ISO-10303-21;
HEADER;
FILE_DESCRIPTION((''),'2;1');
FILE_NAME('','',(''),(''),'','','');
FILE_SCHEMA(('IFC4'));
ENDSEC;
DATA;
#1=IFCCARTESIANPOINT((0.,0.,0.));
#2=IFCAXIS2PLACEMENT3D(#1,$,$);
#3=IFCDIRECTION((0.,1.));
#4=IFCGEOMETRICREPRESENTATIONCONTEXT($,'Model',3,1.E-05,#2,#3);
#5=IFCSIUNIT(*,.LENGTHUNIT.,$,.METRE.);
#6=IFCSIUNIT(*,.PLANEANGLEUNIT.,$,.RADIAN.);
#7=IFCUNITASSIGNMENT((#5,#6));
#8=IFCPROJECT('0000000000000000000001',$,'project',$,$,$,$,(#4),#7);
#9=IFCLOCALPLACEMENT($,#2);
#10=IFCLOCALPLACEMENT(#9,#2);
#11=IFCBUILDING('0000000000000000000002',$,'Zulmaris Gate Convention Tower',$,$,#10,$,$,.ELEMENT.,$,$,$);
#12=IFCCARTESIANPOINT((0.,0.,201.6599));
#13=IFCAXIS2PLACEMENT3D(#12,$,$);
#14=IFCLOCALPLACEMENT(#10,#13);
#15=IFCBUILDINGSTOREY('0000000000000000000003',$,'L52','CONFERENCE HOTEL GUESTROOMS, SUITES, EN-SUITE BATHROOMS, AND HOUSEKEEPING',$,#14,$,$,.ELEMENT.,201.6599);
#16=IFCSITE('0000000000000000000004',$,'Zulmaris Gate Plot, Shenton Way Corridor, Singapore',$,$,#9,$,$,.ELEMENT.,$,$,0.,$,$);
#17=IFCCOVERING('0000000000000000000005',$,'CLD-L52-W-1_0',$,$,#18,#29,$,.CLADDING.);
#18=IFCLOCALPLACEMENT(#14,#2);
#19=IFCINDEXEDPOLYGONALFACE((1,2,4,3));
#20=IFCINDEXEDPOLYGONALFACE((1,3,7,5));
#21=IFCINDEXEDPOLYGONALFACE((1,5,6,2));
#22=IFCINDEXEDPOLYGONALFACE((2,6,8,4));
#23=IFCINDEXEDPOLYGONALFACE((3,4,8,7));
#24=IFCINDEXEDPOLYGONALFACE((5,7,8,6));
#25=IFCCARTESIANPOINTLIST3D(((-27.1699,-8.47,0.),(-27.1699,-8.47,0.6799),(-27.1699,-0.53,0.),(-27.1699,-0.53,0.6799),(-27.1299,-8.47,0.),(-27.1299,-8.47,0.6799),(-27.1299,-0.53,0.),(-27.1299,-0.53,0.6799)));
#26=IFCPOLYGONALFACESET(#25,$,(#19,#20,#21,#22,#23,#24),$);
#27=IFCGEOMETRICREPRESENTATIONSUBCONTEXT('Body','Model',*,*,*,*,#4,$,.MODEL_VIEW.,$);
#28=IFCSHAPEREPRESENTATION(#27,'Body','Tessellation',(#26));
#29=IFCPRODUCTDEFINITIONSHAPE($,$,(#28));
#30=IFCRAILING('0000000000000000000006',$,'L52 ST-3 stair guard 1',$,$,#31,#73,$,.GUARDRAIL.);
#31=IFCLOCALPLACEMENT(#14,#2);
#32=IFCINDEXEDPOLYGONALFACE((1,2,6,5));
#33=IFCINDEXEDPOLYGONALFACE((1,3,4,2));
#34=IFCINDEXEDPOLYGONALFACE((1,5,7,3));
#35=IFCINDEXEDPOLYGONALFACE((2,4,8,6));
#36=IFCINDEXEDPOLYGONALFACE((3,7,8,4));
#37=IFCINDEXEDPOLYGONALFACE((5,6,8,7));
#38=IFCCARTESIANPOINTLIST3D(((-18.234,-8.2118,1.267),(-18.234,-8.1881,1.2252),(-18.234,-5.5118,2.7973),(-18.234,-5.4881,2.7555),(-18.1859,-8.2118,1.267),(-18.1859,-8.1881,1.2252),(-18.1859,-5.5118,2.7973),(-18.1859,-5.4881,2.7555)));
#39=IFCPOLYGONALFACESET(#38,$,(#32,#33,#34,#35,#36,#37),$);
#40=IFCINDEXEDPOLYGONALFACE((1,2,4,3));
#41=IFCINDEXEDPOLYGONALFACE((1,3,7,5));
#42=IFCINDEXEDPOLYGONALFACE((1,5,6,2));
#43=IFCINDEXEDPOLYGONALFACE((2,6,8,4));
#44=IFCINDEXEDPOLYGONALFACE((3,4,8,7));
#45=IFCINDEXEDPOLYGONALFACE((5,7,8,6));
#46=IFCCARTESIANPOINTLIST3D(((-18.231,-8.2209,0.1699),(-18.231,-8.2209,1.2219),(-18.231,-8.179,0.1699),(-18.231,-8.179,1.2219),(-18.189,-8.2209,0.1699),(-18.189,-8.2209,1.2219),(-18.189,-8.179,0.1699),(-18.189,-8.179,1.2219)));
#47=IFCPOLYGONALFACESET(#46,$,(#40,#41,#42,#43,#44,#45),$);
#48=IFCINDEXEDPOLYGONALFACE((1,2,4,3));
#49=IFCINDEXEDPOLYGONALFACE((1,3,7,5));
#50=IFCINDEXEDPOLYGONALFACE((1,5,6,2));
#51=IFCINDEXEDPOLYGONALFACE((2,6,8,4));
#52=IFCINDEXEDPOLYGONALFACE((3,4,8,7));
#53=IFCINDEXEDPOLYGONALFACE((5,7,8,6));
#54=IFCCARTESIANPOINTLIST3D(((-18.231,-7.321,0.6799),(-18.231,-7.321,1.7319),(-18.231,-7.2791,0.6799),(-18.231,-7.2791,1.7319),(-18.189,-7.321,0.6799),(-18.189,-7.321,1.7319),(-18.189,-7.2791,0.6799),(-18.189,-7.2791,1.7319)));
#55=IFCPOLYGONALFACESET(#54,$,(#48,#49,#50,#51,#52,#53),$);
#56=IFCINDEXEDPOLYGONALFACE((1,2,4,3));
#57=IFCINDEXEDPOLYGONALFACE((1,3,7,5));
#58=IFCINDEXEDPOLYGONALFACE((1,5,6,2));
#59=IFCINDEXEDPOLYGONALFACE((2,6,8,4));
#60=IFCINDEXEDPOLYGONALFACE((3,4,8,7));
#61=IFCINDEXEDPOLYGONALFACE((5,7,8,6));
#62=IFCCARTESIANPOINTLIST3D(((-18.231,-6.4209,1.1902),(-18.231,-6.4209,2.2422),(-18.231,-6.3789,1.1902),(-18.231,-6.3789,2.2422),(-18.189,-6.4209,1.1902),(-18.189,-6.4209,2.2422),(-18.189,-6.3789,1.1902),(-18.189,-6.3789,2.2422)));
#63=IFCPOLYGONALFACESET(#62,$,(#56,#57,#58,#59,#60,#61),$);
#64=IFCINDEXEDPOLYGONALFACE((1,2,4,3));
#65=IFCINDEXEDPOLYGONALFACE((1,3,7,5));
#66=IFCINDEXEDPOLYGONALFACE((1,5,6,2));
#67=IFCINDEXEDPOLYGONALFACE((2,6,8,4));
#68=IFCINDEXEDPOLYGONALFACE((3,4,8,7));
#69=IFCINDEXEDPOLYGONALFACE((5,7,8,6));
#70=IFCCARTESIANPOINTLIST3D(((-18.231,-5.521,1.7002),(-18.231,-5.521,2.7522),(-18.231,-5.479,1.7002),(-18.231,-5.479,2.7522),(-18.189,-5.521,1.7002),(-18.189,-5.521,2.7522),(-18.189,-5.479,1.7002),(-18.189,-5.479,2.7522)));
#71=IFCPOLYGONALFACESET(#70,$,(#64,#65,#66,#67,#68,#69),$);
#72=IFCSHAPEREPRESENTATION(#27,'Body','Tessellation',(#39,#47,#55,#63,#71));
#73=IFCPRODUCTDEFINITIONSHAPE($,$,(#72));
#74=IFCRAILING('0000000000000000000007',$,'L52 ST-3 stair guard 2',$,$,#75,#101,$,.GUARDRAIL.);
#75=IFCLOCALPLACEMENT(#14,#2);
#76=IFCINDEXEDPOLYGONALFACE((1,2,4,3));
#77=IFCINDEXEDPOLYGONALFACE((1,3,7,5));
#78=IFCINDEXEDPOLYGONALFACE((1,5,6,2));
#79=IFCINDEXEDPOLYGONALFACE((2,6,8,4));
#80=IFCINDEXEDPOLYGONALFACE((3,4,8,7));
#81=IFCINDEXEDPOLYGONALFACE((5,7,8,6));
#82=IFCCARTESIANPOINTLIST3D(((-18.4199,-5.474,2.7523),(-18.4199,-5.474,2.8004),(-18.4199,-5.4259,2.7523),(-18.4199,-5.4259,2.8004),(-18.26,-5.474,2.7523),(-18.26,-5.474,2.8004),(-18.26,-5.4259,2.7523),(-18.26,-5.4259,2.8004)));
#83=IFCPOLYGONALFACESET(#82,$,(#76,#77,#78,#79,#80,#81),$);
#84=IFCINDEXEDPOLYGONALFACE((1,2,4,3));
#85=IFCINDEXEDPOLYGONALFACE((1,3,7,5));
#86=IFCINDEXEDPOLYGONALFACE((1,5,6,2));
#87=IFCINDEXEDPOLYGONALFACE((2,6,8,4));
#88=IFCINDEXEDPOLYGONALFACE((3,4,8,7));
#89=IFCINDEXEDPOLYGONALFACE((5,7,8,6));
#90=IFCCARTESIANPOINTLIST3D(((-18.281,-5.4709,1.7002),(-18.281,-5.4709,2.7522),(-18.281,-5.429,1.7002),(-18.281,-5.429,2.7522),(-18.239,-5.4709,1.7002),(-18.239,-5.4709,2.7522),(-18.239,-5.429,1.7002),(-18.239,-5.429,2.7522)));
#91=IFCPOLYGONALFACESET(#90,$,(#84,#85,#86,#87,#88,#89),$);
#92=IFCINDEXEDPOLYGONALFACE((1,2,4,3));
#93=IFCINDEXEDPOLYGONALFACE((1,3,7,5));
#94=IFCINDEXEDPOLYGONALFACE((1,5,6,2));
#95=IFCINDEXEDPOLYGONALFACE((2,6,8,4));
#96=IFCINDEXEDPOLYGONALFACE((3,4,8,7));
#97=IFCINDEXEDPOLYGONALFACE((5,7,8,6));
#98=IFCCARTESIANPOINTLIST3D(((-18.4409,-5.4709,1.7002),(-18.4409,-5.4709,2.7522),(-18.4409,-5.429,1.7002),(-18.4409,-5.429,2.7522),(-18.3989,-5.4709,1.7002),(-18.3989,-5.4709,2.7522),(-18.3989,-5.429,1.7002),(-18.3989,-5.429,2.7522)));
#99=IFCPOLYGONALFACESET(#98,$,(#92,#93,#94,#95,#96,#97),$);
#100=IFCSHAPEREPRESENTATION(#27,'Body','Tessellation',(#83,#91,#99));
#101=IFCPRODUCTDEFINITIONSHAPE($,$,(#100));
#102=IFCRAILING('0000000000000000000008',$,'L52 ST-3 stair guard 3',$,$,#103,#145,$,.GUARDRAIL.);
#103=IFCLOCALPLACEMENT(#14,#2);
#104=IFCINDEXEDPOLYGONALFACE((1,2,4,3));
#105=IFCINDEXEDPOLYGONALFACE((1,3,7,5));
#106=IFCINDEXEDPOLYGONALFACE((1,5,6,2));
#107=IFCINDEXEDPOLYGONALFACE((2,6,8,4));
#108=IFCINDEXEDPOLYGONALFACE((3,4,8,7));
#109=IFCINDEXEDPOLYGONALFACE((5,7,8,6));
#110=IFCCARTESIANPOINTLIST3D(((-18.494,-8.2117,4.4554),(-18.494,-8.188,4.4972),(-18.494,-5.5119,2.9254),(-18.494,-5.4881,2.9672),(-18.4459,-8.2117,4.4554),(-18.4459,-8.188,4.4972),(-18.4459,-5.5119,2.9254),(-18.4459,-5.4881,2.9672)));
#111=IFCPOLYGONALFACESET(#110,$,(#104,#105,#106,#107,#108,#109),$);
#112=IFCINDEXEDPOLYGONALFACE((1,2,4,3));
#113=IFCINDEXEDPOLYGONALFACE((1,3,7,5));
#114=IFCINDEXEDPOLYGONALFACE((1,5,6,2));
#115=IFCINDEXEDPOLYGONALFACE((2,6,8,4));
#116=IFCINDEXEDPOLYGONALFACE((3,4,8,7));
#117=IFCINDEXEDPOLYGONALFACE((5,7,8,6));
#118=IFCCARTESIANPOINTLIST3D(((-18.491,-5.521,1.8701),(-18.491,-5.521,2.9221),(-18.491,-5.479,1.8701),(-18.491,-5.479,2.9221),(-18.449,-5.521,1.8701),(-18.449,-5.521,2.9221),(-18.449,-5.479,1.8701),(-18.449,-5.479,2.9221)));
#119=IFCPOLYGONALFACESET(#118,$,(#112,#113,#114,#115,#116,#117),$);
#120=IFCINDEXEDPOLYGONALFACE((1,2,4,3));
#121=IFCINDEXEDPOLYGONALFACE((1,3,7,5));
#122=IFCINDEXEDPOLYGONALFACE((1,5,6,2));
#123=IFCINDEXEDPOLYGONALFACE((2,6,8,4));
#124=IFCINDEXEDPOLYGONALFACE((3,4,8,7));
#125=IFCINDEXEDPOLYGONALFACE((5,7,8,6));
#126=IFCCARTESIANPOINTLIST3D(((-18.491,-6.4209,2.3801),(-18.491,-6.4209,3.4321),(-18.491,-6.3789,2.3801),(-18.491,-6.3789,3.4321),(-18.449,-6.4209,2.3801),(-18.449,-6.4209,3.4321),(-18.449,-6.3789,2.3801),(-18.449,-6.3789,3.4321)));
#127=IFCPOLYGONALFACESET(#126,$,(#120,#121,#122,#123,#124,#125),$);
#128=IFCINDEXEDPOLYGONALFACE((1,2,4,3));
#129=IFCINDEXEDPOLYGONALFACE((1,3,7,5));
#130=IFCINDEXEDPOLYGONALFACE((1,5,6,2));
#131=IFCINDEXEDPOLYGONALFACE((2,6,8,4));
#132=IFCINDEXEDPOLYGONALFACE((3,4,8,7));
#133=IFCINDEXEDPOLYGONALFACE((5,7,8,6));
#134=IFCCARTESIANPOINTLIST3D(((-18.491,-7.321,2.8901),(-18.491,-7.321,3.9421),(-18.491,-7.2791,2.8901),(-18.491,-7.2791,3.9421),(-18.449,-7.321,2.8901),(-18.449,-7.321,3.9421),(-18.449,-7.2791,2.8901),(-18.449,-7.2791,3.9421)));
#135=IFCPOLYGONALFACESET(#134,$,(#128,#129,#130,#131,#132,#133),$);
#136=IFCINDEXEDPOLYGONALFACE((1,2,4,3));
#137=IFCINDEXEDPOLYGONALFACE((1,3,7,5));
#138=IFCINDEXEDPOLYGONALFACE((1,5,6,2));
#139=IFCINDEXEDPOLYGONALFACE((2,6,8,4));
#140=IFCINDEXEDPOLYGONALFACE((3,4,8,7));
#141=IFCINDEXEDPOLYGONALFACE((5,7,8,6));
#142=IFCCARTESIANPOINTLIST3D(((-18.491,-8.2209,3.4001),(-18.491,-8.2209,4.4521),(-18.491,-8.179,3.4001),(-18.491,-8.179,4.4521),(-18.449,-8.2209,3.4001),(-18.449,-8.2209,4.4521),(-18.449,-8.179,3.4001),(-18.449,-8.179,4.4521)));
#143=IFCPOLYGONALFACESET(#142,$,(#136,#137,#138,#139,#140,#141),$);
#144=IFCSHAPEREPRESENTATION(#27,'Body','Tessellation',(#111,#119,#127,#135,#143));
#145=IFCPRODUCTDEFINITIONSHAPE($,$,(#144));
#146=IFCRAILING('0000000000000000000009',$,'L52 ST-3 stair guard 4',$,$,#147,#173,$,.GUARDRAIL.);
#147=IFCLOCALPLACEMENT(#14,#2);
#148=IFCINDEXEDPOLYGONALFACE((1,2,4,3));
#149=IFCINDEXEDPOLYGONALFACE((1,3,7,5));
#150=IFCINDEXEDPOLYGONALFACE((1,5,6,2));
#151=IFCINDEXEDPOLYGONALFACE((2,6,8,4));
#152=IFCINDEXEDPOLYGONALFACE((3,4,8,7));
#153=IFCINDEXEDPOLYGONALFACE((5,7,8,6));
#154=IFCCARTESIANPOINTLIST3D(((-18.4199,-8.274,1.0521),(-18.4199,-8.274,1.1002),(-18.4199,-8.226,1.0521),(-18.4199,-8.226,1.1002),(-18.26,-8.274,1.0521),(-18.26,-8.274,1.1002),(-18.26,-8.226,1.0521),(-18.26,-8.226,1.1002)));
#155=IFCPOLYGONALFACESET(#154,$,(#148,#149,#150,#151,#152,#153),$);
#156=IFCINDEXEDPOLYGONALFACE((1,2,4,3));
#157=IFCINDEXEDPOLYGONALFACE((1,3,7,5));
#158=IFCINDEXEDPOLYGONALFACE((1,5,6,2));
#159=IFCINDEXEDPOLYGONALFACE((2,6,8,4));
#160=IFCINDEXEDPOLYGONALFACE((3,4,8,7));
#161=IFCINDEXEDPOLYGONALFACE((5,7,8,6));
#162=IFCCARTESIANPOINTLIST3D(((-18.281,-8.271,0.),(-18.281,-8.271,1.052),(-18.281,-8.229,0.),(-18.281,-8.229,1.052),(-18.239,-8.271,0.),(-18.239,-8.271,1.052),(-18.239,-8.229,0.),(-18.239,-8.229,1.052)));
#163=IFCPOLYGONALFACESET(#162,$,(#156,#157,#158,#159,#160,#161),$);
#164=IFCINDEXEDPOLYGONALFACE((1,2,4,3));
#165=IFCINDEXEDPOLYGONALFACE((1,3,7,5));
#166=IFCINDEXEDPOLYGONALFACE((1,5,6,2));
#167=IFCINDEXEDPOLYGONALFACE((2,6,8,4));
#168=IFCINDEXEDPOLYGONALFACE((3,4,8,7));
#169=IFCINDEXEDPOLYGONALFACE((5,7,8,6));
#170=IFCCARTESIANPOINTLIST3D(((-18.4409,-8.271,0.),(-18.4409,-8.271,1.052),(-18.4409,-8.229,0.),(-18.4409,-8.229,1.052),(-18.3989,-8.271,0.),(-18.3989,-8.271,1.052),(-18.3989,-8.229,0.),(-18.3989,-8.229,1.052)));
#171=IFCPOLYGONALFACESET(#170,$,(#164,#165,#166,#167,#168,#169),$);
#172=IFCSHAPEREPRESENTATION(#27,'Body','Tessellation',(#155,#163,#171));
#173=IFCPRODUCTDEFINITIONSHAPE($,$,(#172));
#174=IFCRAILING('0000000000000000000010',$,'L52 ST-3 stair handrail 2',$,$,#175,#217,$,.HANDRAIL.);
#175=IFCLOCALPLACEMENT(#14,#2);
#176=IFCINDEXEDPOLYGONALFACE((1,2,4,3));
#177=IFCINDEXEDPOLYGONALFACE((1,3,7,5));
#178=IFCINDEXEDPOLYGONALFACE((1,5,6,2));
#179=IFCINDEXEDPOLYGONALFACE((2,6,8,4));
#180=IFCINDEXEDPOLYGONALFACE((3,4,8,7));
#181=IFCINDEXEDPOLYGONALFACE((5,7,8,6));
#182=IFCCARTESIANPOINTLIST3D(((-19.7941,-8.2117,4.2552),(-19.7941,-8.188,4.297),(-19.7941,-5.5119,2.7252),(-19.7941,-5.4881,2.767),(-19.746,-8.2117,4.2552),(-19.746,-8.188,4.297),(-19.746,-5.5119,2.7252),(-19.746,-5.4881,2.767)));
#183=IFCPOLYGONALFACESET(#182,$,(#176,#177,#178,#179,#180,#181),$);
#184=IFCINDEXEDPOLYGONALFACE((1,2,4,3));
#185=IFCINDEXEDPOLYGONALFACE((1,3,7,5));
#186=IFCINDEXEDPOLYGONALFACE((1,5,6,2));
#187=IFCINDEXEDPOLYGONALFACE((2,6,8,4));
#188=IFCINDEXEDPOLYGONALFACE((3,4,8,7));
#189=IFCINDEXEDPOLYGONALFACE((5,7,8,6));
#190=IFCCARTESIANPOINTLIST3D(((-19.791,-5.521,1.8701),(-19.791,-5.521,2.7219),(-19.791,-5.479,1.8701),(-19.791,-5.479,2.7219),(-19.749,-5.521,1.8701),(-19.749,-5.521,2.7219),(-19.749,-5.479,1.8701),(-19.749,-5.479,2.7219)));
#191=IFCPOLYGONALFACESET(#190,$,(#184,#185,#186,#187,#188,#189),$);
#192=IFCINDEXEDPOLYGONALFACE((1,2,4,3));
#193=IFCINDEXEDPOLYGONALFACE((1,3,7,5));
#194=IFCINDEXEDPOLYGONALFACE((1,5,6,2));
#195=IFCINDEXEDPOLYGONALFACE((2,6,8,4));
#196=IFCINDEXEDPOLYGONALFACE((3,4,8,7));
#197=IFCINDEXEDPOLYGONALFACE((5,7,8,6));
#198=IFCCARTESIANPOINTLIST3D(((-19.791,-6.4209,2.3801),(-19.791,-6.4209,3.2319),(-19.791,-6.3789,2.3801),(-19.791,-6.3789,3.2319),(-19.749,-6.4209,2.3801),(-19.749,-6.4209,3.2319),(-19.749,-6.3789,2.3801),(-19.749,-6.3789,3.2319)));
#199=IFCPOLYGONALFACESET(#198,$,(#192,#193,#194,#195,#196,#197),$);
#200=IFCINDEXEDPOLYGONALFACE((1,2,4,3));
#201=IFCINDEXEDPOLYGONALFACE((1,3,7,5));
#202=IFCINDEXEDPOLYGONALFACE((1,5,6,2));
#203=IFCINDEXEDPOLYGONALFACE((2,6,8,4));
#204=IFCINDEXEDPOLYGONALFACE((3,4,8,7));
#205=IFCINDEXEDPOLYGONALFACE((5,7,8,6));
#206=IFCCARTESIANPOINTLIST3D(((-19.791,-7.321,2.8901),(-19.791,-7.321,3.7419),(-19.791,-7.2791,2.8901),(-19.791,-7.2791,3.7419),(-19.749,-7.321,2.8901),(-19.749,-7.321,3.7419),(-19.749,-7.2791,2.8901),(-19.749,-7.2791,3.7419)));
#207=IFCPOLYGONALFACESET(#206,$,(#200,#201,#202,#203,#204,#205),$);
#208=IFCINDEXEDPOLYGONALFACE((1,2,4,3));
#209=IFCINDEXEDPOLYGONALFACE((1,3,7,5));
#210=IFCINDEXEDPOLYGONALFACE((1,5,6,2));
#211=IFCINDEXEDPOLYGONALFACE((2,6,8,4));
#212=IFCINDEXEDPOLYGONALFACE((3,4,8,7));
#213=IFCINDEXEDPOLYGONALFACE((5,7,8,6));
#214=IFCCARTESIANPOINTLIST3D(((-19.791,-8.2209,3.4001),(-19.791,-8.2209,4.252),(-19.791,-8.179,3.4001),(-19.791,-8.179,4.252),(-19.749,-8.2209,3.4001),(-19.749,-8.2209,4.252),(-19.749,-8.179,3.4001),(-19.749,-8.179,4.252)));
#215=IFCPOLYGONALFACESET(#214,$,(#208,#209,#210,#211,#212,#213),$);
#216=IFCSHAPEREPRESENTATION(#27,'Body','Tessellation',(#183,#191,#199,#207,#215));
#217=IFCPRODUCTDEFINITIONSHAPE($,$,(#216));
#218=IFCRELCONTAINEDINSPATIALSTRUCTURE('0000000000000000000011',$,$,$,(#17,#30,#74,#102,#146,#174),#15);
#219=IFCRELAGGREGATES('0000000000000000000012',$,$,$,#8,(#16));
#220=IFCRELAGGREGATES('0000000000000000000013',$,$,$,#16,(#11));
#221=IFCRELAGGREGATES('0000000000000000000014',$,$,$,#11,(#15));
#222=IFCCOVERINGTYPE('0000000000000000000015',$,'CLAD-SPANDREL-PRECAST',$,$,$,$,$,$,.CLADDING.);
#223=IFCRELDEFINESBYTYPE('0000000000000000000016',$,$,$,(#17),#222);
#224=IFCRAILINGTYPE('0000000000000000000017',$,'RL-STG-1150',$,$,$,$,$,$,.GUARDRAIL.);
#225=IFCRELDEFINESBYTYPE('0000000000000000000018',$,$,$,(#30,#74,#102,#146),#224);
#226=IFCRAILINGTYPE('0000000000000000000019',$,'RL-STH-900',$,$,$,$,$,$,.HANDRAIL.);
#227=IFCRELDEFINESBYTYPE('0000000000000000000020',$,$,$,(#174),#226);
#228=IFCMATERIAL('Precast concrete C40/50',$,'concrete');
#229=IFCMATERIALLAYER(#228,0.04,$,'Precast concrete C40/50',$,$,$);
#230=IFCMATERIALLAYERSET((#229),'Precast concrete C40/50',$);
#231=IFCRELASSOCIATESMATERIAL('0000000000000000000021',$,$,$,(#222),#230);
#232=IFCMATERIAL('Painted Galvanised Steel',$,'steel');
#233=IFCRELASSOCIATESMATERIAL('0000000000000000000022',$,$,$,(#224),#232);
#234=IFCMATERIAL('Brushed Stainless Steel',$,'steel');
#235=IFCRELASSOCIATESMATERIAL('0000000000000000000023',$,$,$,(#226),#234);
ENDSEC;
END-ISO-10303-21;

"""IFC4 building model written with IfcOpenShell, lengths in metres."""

from ifc_helpers import new_model, si_unit, direction, frame, frame_2d, origin, origin_2d, place, context, subcontext, project, spatial, rectangle, extrude, material, layer, layer_set, type_object, element, save


model = new_model("IFC4")

# Units and contexts
model_context = context("Model", 3, precision=1e-05, world=origin(), true_north=direction((0.0, 1.0)))
body_context = subcontext(model_context, "Body", "Model", "MODEL_VIEW")
ifc_project = project(units=[si_unit("LENGTHUNIT", "METRE"), si_unit("PLANEANGLEUNIT", "RADIAN")], contexts=[model_context])

# Site, building, storey
site_placement = place(None, origin())
site = spatial("IfcSite", under=ifc_project, at=site_placement, Name="Zulmaris Gate Plot, Shenton Way Corridor, Singapore", CompositionType="ELEMENT", RefElevation=0.0)
building_placement = place(site_placement, origin())
building = spatial("IfcBuilding", under=site, at=building_placement, Name="Zulmaris Gate Convention Tower", CompositionType="ELEMENT")
storey_placement = place(building_placement, frame((0.0, 0.0, 201.6599)))
storey = spatial("IfcBuildingStorey", under=building, at=storey_placement, Name="L52", Description="CONFERENCE HOTEL GUESTROOMS, SUITES, EN-SUITE BATHROOMS, AND HOUSEKEEPING", CompositionType="ELEMENT", Elevation=201.6599)

# Shared definitions
ifc_material_1 = material(Name="Precast concrete C40/50", Category="concrete")

# Covering
ifc_layer_1 = layer(ifc_material_1, 0.04, Name="Precast concrete C40/50")
ifc_layer_set_1 = layer_set([ifc_layer_1], Name="Precast concrete C40/50")
covering_type = type_object("IfcCoveringType", Name="CLAD-SPANDREL-PRECAST", PredefinedType="CLADDING", material=ifc_layer_set_1)
covering_1_placement = place(storey_placement, frame((-27.1499, -0.53, 0.0), z_axis=(0.0, 0.0, 1.0), x_axis=(0.0, -1.0, 0.0)))
element("IfcCovering", 1, at=covering_1_placement, inside=storey, type_object=covering_type, Name="CLD-L52-W-1_0", PredefinedType="CLADDING", context=body_context, shape_type="SweptSolid", body=[
    extrude(rectangle(XDim=7.9399, YDim=0.04, at=frame_2d((3.97, 0.0))), origin(), (0.0, 0.0, 1.0), 0.6799),
])

# Railings
ifc_material_2 = material(Name="Painted Galvanised Steel", Category="steel")
railing_type_1 = type_object("IfcRailingType", Name="RL-STG-1150", PredefinedType="GUARDRAIL", material=ifc_material_2)
railing_1_placement = place(storey_placement, frame((-18.21, -8.2, 0.1699)))
element("IfcRailing", 2, at=railing_1_placement, inside=storey, type_object=railing_type_1, Name="L52 ST-3 stair guard 1", PredefinedType="GUARDRAIL", context=body_context, shape_type="SweptSolid", body=[
    extrude(rectangle(XDim=0.0481, YDim=0.0481, at=origin_2d()), frame((0.0, 0.0, 1.0762), z_axis=(0.0, 0.869981, 0.493086), x_axis=(-1.0, 0.0, 0.0)), (0.0, 0.0, 1.0), 3.1035),
    extrude(rectangle(XDim=0.042, YDim=0.042, at=origin_2d()), origin(), (0.0, 0.0, 1.0), 1.052),
    extrude(rectangle(XDim=0.042, YDim=0.042, at=origin_2d()), frame((0.0, 0.8999, 0.51)), (0.0, 0.0, 1.0), 1.052),
    extrude(rectangle(XDim=0.042, YDim=0.042, at=origin_2d()), frame((0.0, 1.8, 1.0203)), (0.0, 0.0, 1.0), 1.052),
    extrude(rectangle(XDim=0.042, YDim=0.042, at=origin_2d()), frame((0.0, 2.7, 1.5303)), (0.0, 0.0, 1.0), 1.052),
])
railing_2_placement = place(storey_placement, frame((-18.26, -5.45, 1.7002)))
element("IfcRailing", 3, at=railing_2_placement, inside=storey, type_object=railing_type_1, Name="L52 ST-3 stair guard 2", PredefinedType="GUARDRAIL", context=body_context, shape_type="SweptSolid", body=[
    extrude(rectangle(XDim=0.0481, YDim=0.0481, at=origin_2d()), frame((0.0, 0.0, 1.0762), z_axis=(-1.0, 0.0, 0.0), x_axis=(0.0, -1.0, 0.0)), (0.0, 0.0, 1.0), 0.1599),
    extrude(rectangle(XDim=0.042, YDim=0.042, at=origin_2d()), origin(), (0.0, 0.0, 1.0), 1.052),
    extrude(rectangle(XDim=0.042, YDim=0.042, at=origin_2d()), frame((-0.1599, 0.0, 0.0)), (0.0, 0.0, 1.0), 1.052),
])
railing_3_placement = place(storey_placement, frame((-18.47, -5.5, 1.8701)))
element("IfcRailing", 4, at=railing_3_placement, inside=storey, type_object=railing_type_1, Name="L52 ST-3 stair guard 3", PredefinedType="GUARDRAIL", context=body_context, shape_type="SweptSolid", body=[
    extrude(rectangle(XDim=0.0481, YDim=0.0481, at=origin_2d()), frame((0.0, 0.0, 1.0762), z_axis=(0.0, -0.870014, 0.493026), x_axis=(1.0, 0.0, 0.0)), (0.0, 0.0, 1.0), 3.1033),
    extrude(rectangle(XDim=0.042, YDim=0.042, at=origin_2d()), origin(), (0.0, 0.0, 1.0), 1.052),
    extrude(rectangle(XDim=0.042, YDim=0.042, at=origin_2d()), frame((0.0, -0.8999, 0.51)), (0.0, 0.0, 1.0), 1.052),
    extrude(rectangle(XDim=0.042, YDim=0.042, at=origin_2d()), frame((0.0, -1.8, 1.02)), (0.0, 0.0, 1.0), 1.052),
    extrude(rectangle(XDim=0.042, YDim=0.042, at=origin_2d()), frame((0.0, -2.7, 1.53)), (0.0, 0.0, 1.0), 1.052),
])
railing_4_placement = place(storey_placement, frame((-18.26, -8.25, 0.0)))
element("IfcRailing", 5, at=railing_4_placement, inside=storey, type_object=railing_type_1, Name="L52 ST-3 stair guard 4", PredefinedType="GUARDRAIL", context=body_context, shape_type="SweptSolid", body=[
    extrude(rectangle(XDim=0.0481, YDim=0.0481, at=origin_2d()), frame((0.0, 0.0, 1.0762), z_axis=(-1.0, 0.0, 0.0), x_axis=(0.0, -1.0, 0.0)), (0.0, 0.0, 1.0), 0.1599),
    extrude(rectangle(XDim=0.042, YDim=0.042, at=origin_2d()), origin(), (0.0, 0.0, 1.0), 1.052),
    extrude(rectangle(XDim=0.042, YDim=0.042, at=origin_2d()), frame((-0.1599, 0.0, 0.0)), (0.0, 0.0, 1.0), 1.052),
])
ifc_material_3 = material(Name="Brushed Stainless Steel", Category="steel")
railing_type_2 = type_object("IfcRailingType", Name="RL-STH-900", PredefinedType="HANDRAIL", material=ifc_material_3)
railing_5_placement = place(storey_placement, frame((-19.77, -5.5, 1.8701)))
element("IfcRailing", 6, at=railing_5_placement, inside=storey, type_object=railing_type_2, Name="L52 ST-3 stair handrail 2", PredefinedType="HANDRAIL", context=body_context, shape_type="SweptSolid", body=[
    extrude(rectangle(XDim=0.0481, YDim=0.0481, at=origin_2d()), frame((0.0, 0.0, 0.876), z_axis=(0.0, -0.870014, 0.493026), x_axis=(1.0, 0.0, 0.0)), (0.0, 0.0, 1.0), 3.1033),
    extrude(rectangle(XDim=0.042, YDim=0.042, at=origin_2d()), origin(), (0.0, 0.0, 1.0), 0.8518),
    extrude(rectangle(XDim=0.042, YDim=0.042, at=origin_2d()), frame((0.0, -0.8999, 0.51)), (0.0, 0.0, 1.0), 0.8518),
    extrude(rectangle(XDim=0.042, YDim=0.042, at=origin_2d()), frame((0.0, -1.8, 1.02)), (0.0, 0.0, 1.0), 0.8518),
    extrude(rectangle(XDim=0.042, YDim=0.042, at=origin_2d()), frame((0.0, -2.7, 1.53)), (0.0, 0.0, 1.0), 0.8518),
])

save(model, "model.ifc")
